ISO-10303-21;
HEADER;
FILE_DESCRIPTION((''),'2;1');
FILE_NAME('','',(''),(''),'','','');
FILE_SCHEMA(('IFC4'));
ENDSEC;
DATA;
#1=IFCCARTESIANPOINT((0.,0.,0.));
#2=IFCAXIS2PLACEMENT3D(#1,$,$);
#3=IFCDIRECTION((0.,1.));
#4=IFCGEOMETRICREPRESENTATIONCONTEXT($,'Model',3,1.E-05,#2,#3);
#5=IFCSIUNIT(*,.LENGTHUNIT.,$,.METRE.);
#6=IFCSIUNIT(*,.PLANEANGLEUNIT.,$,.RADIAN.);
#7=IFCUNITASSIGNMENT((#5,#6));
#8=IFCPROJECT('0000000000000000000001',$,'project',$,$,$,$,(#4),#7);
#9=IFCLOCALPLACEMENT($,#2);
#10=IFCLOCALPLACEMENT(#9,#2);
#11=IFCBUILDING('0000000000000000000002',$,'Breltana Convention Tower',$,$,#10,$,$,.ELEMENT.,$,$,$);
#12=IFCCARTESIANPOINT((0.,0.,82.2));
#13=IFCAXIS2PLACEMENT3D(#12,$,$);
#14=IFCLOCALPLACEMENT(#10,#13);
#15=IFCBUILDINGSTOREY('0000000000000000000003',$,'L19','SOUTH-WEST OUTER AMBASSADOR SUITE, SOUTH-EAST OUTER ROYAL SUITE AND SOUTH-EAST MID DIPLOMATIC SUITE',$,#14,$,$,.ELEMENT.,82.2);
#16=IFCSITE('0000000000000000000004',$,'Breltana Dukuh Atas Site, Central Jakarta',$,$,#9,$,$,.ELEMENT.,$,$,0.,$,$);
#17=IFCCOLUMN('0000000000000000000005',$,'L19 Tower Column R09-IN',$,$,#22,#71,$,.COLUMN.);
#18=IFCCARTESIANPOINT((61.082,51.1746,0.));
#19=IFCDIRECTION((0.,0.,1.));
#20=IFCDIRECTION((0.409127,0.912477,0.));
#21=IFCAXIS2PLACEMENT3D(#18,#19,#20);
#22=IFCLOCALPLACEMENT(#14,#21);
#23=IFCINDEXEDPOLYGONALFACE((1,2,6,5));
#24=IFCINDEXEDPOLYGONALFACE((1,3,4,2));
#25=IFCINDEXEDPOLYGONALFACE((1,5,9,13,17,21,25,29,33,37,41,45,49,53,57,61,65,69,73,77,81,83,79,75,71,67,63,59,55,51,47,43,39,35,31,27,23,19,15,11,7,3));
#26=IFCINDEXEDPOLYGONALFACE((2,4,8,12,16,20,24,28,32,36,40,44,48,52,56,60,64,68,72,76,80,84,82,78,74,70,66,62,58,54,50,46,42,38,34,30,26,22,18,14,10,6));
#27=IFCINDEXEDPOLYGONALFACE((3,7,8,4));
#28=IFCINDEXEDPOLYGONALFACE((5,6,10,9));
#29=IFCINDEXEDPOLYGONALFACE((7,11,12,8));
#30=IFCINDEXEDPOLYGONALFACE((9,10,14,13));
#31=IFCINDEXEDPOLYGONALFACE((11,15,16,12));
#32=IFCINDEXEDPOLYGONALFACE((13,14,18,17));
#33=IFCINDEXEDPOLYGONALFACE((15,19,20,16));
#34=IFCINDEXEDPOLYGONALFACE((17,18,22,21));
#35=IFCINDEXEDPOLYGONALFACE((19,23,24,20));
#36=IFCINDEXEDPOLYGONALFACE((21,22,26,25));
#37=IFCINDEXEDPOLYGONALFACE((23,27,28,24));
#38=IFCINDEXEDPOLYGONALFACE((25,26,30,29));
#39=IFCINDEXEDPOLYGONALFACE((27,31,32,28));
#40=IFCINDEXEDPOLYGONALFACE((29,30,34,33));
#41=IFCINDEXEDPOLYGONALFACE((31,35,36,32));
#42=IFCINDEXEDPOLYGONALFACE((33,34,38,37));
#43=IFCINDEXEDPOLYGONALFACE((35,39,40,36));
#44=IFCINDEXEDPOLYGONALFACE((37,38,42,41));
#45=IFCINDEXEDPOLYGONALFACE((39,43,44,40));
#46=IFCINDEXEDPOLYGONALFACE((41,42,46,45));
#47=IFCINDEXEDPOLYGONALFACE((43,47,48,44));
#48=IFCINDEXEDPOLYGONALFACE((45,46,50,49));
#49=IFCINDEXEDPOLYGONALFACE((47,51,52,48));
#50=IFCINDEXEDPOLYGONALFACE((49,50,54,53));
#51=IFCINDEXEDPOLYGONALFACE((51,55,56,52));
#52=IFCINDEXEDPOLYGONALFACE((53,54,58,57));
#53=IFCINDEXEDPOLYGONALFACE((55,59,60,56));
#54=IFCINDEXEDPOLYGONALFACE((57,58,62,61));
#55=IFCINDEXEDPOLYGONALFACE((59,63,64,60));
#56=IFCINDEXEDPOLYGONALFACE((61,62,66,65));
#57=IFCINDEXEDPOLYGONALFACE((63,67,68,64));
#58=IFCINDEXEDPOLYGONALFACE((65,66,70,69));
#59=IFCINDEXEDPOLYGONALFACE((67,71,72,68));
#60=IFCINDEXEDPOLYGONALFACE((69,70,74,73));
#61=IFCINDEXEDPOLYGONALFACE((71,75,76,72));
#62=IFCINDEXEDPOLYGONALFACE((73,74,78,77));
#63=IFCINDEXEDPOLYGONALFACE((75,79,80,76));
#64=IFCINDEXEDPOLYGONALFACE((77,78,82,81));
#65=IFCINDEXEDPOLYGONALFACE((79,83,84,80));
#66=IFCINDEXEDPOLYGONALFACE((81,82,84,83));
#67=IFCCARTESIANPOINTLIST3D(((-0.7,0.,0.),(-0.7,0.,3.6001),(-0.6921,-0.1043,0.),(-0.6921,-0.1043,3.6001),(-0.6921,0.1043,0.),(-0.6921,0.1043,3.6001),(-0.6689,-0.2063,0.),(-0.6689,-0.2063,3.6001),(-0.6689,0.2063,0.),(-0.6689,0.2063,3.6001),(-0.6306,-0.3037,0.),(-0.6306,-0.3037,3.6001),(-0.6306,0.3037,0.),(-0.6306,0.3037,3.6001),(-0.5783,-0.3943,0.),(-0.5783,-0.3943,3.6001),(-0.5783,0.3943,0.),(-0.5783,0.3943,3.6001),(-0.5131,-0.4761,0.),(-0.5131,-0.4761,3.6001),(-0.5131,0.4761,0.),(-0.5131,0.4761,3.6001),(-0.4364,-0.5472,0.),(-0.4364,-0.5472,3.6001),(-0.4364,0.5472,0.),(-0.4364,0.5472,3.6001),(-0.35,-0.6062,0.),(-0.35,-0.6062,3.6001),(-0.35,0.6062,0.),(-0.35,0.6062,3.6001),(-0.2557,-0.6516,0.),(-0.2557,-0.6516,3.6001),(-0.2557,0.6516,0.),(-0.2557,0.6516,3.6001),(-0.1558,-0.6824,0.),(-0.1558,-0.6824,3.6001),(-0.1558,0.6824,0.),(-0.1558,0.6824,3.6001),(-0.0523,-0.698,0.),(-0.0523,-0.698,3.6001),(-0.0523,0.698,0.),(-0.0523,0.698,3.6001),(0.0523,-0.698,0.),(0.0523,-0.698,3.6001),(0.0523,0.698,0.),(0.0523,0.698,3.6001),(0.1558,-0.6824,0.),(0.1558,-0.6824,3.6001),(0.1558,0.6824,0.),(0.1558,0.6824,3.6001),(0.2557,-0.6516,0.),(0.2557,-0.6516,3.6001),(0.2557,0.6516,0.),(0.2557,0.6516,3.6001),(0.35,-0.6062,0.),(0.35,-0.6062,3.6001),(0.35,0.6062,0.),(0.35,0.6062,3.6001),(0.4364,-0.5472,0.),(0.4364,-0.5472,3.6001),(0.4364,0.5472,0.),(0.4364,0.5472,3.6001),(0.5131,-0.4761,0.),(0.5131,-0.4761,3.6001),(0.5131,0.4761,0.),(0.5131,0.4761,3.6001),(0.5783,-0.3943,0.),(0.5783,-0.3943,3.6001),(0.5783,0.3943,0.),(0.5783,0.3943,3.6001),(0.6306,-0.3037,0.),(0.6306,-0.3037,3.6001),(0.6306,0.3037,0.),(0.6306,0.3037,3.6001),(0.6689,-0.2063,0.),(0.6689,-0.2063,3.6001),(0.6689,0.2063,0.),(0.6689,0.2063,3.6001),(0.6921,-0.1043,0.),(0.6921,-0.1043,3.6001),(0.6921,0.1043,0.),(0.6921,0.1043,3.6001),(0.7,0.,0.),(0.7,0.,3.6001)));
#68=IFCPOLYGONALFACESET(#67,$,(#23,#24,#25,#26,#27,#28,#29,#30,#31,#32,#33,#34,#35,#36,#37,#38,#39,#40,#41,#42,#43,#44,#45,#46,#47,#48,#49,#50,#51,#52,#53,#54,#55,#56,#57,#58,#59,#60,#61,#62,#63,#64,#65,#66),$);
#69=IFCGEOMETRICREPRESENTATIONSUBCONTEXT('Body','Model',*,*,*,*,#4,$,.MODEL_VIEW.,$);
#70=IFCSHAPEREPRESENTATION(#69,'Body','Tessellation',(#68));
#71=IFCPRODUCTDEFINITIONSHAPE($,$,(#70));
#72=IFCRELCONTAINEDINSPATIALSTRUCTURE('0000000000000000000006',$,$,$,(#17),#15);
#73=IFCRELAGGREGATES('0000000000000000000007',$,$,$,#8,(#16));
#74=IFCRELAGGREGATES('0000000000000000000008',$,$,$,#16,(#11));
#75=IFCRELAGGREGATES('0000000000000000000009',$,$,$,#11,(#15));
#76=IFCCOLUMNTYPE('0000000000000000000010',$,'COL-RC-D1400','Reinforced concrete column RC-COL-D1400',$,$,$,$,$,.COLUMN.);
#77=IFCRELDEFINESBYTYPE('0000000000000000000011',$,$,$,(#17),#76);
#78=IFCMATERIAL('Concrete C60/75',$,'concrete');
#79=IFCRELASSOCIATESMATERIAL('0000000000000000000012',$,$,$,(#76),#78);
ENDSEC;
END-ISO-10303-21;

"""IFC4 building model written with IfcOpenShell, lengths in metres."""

from ifc_helpers import new_model, si_unit, direction, frame, origin, origin_2d, place, context, subcontext, project, spatial, circle, extrude, source, transform, mapped, material, material_profile, profile_set, type_object, element, save


model = new_model("IFC4")

# Units and contexts
model_context = context("Model", 3, precision=1e-05, world=origin(), true_north=direction((0.0, 1.0)))
body_context = subcontext(model_context, "Body", "Model", "MODEL_VIEW")
ifc_project = project(units=[si_unit("LENGTHUNIT", "METRE"), si_unit("PLANEANGLEUNIT", "RADIAN")], contexts=[model_context])

# Site, building, storey
site_placement = place(None, origin())
site = spatial("IfcSite", under=ifc_project, at=site_placement, Name="Breltana Dukuh Atas Site, Central Jakarta", CompositionType="ELEMENT", RefElevation=0.0)
building_placement = place(site_placement, origin())
building = spatial("IfcBuilding", under=site, at=building_placement, Name="Breltana Convention Tower", CompositionType="ELEMENT")
storey_placement = place(building_placement, frame((0.0, 0.0, 82.2)))
storey = spatial("IfcBuildingStorey", under=building, at=storey_placement, Name="L19", Description="SOUTH-WEST OUTER AMBASSADOR SUITE, SOUTH-EAST OUTER ROYAL SUITE AND SOUTH-EAST MID DIPLOMATIC SUITE", CompositionType="ELEMENT", Elevation=82.2)

# Column
ifc_material_1 = material(Name="Concrete C60/75", Category="concrete")
ifc_material_profile_1 = material_profile(ifc_material_1, circle(Radius=0.7, at=origin_2d()), Name="RC-COL-D1400")
ifc_profile_set_1 = profile_set([ifc_material_profile_1], Name="Concrete C60/75")
column_type = type_object("IfcColumnType", Name="COL-RC-D1400", Description="Reinforced concrete column RC-COL-D1400", PredefinedType="COLUMN", material=ifc_profile_set_1)
shared_shape_1 = source(origin(), body_context, "Body", "SweptSolid", [
    extrude(circle(Radius=0.7, at=origin_2d()), origin(), (0.0, 0.0, 1.0), 3.6001),
])
for number, where, z_axis, x_axis, name in (
    (1, (61.082, 51.1746, 0.0), (0.0, 0.0, 1.0), (0.409127, 0.912477, 0.0), "L19 Tower Column R09-IN"),
):
    element("IfcColumn", number, at=place(storey_placement, frame(where, z_axis=z_axis, x_axis=x_axis)), inside=storey, type_object=column_type, Name=name, PredefinedType="COLUMN", context=body_context, shape_type="MappedRepresentation", body=[
        mapped(shared_shape_1, transform((0.0, 0.0, 0.0), scale=1.0)),
    ])

save(model, "model.ifc")
